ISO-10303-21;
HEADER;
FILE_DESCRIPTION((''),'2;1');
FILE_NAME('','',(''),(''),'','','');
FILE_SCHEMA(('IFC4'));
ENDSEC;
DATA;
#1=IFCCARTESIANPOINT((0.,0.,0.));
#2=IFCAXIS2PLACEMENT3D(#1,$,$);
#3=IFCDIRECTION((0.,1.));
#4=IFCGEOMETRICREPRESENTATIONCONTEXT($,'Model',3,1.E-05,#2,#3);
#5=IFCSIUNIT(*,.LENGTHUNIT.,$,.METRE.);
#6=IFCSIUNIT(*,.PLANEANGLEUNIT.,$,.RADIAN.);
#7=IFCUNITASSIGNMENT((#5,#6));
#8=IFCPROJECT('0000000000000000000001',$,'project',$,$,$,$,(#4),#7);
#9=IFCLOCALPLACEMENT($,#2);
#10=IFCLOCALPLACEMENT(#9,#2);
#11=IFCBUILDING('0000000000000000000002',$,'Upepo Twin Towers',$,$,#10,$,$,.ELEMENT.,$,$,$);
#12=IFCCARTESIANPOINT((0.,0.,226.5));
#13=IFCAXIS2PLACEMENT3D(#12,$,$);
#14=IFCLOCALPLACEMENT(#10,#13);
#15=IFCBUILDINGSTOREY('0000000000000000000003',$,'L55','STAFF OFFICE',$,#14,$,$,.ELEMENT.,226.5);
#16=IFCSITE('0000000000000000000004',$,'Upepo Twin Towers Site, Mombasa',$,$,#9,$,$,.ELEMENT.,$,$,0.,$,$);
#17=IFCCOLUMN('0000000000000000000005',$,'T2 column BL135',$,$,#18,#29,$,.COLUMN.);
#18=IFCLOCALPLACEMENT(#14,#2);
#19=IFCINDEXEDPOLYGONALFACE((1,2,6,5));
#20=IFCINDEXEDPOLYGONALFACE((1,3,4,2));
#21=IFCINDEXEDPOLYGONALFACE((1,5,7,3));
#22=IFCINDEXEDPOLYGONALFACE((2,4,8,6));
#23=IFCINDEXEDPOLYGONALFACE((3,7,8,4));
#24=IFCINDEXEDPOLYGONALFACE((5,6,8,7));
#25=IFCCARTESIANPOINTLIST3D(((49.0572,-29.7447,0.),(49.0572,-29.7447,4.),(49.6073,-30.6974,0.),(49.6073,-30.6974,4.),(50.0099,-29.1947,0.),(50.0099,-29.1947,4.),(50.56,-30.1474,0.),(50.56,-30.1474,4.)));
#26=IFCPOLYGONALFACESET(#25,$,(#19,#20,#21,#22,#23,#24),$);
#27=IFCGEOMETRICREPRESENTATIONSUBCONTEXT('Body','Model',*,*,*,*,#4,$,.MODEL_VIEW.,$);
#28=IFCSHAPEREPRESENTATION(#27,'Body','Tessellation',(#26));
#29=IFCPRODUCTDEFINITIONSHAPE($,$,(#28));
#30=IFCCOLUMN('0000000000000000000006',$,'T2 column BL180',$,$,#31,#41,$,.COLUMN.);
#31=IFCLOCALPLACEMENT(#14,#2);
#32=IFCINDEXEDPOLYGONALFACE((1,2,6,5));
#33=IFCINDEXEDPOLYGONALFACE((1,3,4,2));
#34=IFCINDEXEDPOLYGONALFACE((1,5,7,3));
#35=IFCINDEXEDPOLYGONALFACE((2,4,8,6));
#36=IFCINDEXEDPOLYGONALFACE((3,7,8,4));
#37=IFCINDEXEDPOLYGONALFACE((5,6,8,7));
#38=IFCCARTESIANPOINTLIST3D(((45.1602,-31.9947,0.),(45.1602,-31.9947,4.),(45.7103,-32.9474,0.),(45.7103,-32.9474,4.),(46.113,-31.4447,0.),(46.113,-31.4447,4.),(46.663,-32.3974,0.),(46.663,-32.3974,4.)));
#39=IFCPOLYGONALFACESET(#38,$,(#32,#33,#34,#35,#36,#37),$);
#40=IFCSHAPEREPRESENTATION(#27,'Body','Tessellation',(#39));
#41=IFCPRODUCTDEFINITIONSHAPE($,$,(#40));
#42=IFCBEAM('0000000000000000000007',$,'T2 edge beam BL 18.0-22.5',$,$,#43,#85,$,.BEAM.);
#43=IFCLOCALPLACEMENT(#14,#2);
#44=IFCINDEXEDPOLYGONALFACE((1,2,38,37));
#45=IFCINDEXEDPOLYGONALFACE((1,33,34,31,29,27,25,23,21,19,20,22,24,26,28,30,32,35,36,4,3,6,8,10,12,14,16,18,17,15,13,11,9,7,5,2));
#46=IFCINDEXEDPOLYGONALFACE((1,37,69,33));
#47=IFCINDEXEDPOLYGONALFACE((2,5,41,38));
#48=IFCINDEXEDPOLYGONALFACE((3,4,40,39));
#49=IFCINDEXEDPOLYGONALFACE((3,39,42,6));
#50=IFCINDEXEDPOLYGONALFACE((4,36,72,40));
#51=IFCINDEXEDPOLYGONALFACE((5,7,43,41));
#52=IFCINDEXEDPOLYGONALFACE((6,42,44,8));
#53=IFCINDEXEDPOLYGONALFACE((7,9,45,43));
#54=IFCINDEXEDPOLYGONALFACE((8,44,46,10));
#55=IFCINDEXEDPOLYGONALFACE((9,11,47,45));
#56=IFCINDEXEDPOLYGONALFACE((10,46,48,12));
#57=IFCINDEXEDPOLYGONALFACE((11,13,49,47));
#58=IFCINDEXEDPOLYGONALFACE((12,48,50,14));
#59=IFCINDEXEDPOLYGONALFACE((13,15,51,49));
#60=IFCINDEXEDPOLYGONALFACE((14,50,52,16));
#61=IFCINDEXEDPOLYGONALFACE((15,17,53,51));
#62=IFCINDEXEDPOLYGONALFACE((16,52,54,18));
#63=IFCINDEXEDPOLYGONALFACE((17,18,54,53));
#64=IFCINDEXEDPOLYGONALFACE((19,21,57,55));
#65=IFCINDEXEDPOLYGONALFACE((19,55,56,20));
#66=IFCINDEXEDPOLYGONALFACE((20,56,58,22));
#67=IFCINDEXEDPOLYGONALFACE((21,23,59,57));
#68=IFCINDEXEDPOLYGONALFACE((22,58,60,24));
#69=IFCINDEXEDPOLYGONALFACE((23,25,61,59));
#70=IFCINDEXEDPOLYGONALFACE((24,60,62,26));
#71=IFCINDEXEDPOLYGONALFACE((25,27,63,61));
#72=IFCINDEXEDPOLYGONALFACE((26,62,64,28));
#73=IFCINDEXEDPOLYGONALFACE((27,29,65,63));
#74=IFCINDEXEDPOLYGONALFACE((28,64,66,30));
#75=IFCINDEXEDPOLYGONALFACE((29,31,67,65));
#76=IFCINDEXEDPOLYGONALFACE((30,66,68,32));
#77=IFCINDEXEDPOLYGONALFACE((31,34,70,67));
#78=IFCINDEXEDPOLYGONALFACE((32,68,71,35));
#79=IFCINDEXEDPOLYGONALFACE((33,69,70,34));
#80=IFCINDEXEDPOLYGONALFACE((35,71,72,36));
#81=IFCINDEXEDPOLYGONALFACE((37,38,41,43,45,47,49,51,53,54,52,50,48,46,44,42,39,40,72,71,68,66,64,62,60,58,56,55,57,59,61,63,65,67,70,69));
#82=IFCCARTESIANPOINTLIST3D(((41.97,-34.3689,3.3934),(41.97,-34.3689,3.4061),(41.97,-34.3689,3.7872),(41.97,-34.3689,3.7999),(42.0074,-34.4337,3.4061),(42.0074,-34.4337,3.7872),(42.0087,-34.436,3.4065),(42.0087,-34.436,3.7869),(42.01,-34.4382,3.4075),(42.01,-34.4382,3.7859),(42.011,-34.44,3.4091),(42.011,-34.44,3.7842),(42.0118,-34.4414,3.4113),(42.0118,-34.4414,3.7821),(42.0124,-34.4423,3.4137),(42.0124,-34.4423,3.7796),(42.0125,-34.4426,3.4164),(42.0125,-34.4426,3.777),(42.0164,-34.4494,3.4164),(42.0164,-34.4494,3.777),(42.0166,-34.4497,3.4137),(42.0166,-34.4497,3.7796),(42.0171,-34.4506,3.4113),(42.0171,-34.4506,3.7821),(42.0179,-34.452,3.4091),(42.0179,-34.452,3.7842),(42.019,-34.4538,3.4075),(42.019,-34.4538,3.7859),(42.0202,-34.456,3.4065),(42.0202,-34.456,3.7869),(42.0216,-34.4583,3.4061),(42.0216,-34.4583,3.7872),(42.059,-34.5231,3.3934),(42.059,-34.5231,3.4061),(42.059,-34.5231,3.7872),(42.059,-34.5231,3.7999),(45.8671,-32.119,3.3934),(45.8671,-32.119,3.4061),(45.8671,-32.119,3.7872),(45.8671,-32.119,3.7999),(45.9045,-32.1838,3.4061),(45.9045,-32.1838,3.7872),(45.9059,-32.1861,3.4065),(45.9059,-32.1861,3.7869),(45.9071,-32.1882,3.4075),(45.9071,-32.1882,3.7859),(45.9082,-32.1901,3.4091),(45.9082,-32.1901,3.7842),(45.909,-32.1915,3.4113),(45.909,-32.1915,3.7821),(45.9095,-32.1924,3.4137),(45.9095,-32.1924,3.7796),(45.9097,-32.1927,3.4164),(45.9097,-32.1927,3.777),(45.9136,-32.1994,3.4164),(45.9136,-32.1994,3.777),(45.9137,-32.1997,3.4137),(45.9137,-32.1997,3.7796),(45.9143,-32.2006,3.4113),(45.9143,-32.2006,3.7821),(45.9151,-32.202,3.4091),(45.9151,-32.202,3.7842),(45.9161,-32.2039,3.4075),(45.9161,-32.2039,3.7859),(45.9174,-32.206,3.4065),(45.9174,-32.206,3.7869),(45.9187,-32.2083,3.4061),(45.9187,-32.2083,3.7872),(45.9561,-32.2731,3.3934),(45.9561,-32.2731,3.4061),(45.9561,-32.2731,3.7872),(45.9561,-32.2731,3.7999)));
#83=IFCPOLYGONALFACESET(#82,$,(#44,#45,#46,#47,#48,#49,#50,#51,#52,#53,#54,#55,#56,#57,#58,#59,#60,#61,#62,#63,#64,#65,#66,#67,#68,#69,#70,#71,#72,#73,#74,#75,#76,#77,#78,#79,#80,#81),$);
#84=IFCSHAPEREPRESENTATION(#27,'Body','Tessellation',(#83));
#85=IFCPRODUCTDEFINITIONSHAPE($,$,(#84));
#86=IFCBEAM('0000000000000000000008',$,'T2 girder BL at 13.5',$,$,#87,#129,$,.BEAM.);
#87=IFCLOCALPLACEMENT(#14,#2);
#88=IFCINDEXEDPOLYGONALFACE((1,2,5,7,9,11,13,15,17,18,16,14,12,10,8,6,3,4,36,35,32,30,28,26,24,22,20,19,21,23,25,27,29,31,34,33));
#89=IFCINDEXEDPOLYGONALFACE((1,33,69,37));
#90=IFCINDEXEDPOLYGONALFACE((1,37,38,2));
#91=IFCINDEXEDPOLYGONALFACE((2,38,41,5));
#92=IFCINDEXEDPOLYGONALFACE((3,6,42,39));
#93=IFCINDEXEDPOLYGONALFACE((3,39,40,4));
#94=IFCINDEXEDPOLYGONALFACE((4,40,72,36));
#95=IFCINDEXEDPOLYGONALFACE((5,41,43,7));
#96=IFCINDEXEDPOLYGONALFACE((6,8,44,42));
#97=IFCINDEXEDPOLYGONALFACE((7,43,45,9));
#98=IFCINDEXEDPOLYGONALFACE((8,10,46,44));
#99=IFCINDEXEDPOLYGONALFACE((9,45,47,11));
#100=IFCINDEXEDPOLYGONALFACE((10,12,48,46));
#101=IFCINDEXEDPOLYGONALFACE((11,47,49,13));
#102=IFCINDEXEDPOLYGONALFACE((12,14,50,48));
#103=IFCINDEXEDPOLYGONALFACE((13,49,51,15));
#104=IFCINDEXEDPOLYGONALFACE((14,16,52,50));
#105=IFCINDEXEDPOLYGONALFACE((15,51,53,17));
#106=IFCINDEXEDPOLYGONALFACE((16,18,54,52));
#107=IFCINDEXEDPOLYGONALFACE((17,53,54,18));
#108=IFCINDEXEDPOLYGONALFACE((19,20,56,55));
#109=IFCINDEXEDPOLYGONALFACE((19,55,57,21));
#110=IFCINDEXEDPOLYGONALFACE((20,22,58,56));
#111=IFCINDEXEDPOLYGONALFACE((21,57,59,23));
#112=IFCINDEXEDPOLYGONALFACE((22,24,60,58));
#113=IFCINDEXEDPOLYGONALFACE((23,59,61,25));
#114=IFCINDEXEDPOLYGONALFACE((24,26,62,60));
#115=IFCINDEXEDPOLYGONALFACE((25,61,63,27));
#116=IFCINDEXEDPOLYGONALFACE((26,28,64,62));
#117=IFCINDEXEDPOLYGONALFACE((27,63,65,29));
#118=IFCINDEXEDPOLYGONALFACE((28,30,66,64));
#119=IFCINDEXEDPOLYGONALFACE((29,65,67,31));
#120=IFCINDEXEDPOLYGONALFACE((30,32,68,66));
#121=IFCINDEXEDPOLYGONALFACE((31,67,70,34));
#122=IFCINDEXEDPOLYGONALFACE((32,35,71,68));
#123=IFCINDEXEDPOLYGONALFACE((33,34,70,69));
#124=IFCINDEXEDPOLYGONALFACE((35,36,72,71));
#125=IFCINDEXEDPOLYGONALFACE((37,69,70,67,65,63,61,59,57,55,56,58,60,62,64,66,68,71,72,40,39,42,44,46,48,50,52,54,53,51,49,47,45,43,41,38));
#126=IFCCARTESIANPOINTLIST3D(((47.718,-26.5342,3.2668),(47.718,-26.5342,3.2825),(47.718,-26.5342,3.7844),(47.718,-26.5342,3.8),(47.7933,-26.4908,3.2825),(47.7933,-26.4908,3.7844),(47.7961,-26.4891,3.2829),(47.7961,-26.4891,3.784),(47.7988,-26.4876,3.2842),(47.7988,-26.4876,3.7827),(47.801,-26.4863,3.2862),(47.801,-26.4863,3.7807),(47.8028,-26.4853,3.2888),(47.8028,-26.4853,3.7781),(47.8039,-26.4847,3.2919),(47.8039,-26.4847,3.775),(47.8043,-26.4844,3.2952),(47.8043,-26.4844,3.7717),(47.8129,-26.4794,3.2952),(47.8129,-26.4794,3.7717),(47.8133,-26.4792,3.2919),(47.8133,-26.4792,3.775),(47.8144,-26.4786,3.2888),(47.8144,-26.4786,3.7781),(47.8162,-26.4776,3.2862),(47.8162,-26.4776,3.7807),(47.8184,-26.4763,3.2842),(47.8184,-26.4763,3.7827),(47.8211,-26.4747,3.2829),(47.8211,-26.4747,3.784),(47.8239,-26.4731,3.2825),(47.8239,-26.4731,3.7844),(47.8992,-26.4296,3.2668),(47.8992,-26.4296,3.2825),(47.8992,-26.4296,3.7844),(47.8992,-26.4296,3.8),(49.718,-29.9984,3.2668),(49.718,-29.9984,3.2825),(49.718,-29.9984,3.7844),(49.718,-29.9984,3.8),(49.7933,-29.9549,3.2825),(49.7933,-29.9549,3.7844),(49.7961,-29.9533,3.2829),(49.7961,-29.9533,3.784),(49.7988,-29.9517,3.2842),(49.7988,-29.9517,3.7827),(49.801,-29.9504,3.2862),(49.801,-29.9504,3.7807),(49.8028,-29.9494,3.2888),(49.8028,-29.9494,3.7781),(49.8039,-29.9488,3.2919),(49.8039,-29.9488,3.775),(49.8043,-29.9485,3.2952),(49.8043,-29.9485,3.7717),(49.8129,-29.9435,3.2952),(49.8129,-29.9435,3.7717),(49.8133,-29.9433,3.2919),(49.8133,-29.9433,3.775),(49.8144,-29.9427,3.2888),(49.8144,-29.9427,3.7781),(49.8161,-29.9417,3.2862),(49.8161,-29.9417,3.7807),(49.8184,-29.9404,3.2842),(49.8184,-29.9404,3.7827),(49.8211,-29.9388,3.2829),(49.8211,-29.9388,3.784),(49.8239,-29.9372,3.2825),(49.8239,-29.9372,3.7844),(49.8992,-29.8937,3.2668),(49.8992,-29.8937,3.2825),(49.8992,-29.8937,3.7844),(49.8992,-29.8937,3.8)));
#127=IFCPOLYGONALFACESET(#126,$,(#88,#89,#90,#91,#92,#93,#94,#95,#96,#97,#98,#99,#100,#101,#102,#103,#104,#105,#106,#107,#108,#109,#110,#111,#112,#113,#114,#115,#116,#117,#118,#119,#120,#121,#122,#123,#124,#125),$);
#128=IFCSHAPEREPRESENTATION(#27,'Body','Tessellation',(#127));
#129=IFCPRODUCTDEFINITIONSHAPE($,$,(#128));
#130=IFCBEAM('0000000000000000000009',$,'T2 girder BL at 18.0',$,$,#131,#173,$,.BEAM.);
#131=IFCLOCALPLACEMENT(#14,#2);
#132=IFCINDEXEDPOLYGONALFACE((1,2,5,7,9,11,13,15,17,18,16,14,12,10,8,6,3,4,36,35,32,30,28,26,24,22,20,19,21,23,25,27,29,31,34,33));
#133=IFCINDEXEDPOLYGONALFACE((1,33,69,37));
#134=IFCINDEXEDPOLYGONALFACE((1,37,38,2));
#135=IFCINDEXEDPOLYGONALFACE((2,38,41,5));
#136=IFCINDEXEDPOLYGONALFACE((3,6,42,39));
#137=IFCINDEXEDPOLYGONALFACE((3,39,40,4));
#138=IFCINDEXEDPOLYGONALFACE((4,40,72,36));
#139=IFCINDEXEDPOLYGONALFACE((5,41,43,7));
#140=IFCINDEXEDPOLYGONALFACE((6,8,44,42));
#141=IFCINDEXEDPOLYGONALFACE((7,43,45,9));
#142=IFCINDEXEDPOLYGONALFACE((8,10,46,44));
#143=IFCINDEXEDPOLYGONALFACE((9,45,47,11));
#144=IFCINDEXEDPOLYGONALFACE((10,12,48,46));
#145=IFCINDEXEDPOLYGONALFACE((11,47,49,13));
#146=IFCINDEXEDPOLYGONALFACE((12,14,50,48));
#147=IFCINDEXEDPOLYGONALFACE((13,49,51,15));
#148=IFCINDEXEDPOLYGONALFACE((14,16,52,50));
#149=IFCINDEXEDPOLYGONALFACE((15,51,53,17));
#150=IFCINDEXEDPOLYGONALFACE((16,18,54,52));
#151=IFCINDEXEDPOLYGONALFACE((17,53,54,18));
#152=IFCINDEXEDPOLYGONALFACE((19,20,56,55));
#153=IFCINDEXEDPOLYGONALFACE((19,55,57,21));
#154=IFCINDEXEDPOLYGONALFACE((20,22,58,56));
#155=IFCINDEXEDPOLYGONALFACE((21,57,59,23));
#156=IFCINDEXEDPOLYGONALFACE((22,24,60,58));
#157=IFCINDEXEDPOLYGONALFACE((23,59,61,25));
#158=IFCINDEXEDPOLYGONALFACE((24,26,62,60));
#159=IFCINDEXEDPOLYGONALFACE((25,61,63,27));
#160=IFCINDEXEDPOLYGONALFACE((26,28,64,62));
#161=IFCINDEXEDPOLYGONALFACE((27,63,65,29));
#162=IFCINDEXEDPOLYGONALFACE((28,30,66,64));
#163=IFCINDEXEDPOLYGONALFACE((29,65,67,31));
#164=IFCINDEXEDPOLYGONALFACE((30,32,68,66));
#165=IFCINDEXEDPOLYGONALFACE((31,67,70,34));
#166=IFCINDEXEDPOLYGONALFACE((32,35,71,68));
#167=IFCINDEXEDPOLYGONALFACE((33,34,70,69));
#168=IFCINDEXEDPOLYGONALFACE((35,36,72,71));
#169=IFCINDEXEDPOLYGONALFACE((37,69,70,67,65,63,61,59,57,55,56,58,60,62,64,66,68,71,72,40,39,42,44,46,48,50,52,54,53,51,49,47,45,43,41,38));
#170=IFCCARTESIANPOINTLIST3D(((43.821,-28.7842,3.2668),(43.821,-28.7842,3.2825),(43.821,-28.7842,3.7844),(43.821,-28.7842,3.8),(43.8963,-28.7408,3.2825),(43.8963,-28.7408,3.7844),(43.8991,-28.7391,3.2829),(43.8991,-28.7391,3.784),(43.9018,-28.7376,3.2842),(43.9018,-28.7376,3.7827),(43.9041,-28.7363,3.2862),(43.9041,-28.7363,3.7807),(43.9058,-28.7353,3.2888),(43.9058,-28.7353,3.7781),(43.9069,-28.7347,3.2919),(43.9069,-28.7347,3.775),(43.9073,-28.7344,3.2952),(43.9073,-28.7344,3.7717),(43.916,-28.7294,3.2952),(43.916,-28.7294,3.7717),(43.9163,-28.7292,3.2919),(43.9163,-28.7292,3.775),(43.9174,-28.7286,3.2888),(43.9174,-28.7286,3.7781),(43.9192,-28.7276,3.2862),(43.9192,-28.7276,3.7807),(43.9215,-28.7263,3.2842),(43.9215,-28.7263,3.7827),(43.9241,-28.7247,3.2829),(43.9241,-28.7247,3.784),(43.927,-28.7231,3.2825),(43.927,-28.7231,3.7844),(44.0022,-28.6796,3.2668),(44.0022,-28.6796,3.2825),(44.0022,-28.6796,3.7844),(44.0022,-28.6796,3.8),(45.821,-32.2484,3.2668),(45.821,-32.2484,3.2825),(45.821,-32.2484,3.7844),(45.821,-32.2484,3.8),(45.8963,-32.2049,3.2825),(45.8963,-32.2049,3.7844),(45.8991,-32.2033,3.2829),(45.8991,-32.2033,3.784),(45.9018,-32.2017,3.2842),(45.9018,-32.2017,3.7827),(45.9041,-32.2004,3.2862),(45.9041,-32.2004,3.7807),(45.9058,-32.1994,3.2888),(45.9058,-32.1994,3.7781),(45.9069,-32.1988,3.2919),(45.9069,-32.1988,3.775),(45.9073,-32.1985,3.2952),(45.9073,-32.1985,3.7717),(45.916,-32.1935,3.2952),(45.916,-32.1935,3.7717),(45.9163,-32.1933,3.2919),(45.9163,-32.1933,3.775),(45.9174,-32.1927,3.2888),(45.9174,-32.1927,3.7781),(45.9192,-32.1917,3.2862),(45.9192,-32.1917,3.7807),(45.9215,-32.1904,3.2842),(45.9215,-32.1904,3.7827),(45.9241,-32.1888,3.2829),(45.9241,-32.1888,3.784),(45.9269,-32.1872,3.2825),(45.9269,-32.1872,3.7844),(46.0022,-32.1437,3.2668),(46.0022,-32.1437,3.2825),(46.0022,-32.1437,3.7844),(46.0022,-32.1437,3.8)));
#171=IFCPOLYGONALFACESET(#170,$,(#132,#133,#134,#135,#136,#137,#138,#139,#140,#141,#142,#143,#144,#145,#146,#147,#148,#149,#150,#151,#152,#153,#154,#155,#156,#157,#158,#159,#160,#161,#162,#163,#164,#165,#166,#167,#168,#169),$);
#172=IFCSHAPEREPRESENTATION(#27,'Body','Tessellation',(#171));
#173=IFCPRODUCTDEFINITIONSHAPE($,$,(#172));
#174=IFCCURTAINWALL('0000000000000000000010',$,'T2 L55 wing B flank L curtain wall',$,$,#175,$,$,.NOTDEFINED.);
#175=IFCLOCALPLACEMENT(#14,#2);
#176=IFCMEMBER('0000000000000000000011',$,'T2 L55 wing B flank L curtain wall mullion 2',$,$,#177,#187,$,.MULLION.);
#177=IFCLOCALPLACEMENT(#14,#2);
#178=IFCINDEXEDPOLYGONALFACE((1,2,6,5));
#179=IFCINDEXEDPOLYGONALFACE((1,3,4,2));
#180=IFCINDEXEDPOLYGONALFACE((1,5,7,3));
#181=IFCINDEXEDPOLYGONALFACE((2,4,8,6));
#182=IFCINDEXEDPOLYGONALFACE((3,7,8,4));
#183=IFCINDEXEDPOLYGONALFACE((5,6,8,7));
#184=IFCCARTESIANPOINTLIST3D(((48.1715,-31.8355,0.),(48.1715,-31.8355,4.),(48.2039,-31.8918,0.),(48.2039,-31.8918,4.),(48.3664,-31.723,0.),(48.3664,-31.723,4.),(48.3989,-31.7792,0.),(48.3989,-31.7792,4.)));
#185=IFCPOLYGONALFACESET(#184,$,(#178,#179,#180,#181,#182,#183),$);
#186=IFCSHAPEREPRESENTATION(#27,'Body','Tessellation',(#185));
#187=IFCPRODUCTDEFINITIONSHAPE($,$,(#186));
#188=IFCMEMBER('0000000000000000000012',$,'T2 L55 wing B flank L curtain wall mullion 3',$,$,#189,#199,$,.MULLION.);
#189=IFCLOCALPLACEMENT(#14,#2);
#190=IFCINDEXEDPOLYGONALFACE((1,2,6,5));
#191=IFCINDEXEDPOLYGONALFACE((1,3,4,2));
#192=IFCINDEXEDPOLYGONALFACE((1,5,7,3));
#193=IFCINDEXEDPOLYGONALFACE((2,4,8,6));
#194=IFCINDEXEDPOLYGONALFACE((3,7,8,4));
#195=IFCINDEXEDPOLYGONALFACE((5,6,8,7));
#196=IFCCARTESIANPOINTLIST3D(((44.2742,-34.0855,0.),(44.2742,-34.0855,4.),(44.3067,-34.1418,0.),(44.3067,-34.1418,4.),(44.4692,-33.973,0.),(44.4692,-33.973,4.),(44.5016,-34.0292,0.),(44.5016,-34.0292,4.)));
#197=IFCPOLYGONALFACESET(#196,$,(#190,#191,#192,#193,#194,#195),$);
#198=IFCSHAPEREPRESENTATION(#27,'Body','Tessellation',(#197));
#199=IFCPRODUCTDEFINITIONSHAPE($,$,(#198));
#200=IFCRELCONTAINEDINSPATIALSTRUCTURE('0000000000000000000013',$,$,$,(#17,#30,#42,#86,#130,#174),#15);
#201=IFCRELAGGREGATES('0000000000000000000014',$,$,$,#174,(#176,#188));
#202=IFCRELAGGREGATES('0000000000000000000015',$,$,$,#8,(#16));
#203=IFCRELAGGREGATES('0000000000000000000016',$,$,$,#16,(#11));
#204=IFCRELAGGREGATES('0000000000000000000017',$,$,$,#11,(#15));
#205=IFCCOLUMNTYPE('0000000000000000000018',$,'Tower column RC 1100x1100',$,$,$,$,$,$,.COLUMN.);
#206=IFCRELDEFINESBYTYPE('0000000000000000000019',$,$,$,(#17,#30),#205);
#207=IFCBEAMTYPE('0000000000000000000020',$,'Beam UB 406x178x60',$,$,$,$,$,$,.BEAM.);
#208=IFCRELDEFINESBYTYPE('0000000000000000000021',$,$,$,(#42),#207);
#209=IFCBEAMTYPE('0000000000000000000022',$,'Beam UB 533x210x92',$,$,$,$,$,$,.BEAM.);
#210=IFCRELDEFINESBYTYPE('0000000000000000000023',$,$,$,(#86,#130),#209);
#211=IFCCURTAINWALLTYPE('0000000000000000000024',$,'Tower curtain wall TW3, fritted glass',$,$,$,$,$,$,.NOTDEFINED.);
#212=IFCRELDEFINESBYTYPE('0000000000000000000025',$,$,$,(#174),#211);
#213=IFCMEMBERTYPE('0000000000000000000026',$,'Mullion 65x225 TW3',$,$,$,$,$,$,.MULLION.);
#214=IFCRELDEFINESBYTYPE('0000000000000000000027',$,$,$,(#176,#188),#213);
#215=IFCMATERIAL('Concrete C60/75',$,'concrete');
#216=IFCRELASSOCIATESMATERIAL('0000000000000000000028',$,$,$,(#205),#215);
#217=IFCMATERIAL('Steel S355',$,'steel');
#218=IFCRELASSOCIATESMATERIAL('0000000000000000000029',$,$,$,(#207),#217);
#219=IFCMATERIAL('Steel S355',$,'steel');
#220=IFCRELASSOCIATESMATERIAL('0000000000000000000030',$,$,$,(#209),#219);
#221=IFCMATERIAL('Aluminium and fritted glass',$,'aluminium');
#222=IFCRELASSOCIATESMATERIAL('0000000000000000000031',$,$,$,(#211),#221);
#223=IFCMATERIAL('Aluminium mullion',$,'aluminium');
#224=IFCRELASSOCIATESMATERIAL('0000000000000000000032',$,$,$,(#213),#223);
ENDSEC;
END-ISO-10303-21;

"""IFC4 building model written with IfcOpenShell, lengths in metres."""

from ifc_helpers import new_model, si_unit, direction, frame, origin, origin_2d, place, context, subcontext, project, spatial, rectangle, i_section, extrude, material, material_profile, profile_set, type_object, element, aggregate, save


model = new_model("IFC4")

# Units and contexts
model_context = context("Model", 3, precision=1e-05, world=origin(), true_north=direction((0.0, 1.0)))
body_context = subcontext(model_context, "Body", "Model", "MODEL_VIEW")
ifc_project = project(units=[si_unit("LENGTHUNIT", "METRE"), si_unit("PLANEANGLEUNIT", "RADIAN")], contexts=[model_context])

# Site, building, storey
site_placement = place(None, origin())
site = spatial("IfcSite", under=ifc_project, at=site_placement, Name="Upepo Twin Towers Site, Mombasa", CompositionType="ELEMENT", RefElevation=0.0)
building_placement = place(site_placement, origin())
building = spatial("IfcBuilding", under=site, at=building_placement, Name="Upepo Twin Towers", CompositionType="ELEMENT")
storey_placement = place(building_placement, frame((0.0, 0.0, 226.5)))
storey = spatial("IfcBuildingStorey", under=building, at=storey_placement, Name="L55", Description="STAFF OFFICE", CompositionType="ELEMENT", Elevation=226.5)

# Columns
ifc_material_1 = material(Name="Concrete C60/75", Category="concrete")
ifc_material_profile_1 = material_profile(ifc_material_1, rectangle(XDim=1.1001, YDim=1.1001, at=origin_2d()), Name="RC 1100x1100")
ifc_profile_set_1 = profile_set([ifc_material_profile_1], Name="Concrete C60/75")
column_type = type_object("IfcColumnType", Name="Tower column RC 1100x1100", PredefinedType="COLUMN", material=ifc_profile_set_1)
for number, where, z_axis, x_axis, name in (
    (1, (49.8086, -29.946, 0.0), (0.0, 0.0, 1.0), (0.866025, 0.5, 0.0), "T2 column BL135"),
    (2, (45.9116, -32.196, 0.0), (0.0, 0.0, 1.0), (0.866025, 0.5, 0.0), "T2 column BL180"),
):
    element("IfcColumn", number, at=place(storey_placement, frame(where, z_axis=z_axis, x_axis=x_axis)), inside=storey, type_object=column_type, Name=name, PredefinedType="COLUMN", context=body_context, shape_type="SweptSolid", body=[
        extrude(rectangle(XDim=1.1001, YDim=1.1001, at=origin_2d()), origin(), (0.0, 0.0, 1.0), 4.0),
    ])

# Beams
ifc_material_2 = material(Name="Steel S355", Category="steel")
ifc_material_profile_2 = material_profile(ifc_material_2, i_section(OverallWidth=0.178, OverallDepth=0.4065, WebThickness=0.0078, FlangeThickness=0.0127, FilletRadius=0.0103, at=origin_2d()), Name="UB 406x178x60")
ifc_profile_set_2 = profile_set([ifc_material_profile_2], Name="Steel S355")
beam_type_1 = type_object("IfcBeamType", Name="Beam UB 406x178x60", PredefinedType="BEAM", material=ifc_profile_set_2)
beam_placement = place(storey_placement, frame((45.9116, -32.196, 3.5967), z_axis=(-0.866031, -0.49999, 0.0), x_axis=(0.49999, -0.866031, 0.0)))
element("IfcBeam", 3, at=beam_placement, inside=storey, type_object=beam_type_1, Name="T2 edge beam BL 18.0-22.5", PredefinedType="BEAM", context=body_context, shape_type="SweptSolid", body=[
    extrude(i_section(OverallWidth=0.178, OverallDepth=0.4065, WebThickness=0.0078, FlangeThickness=0.0127, FilletRadius=0.0103, at=origin_2d()), origin(), (0.0, 0.0, 1.0), 4.5),
])
ifc_material_3 = material(Name="Steel S355", Category="steel")
ifc_material_profile_3 = material_profile(ifc_material_3, i_section(OverallWidth=0.2092, OverallDepth=0.5332, WebThickness=0.01, FlangeThickness=0.0156, FilletRadius=0.0127, at=origin_2d()), Name="UB 533x210x92")
ifc_profile_set_3 = profile_set([ifc_material_profile_3], Name="Steel S355")
beam_type_2 = type_object("IfcBeamType", Name="Beam UB 533x210x92", PredefinedType="BEAM", material=ifc_profile_set_3)
for number, where, z_axis, x_axis, name in (
    (4, (49.8086, -29.946, 3.5334), (-0.499999, 0.866026, 0.0), (-0.866026, -0.499999, 0.0), "T2 girder BL at 13.5"),
    (5, (45.9116, -32.196, 3.5334), (-0.499999, 0.866026, 0.0), (-0.866026, -0.499999, 0.0), "T2 girder BL at 18.0"),
):
    element("IfcBeam", number, at=place(storey_placement, frame(where, z_axis=z_axis, x_axis=x_axis)), inside=storey, type_object=beam_type_2, Name=name, PredefinedType="BEAM", context=body_context, shape_type="SweptSolid", body=[
        extrude(i_section(OverallWidth=0.2092, OverallDepth=0.5332, WebThickness=0.01, FlangeThickness=0.0156, FilletRadius=0.0127, at=origin_2d()), origin(), (0.0, 0.0, 1.0), 4.0),
    ])

# Curtain wall, members
ifc_material_4 = material(Name="Aluminium and fritted glass", Category="aluminium")
curtain_wall_type = type_object("IfcCurtainWallType", Name="Tower curtain wall TW3, fritted glass", PredefinedType="NOTDEFINED", material=ifc_material_4)
curtain_wall_placement = place(storey_placement, origin())
curtain_wall = element("IfcCurtainWall", 6, at=curtain_wall_placement, inside=storey, type_object=curtain_wall_type, Name="T2 L55 wing B flank L curtain wall", PredefinedType="NOTDEFINED")
ifc_material_5 = material(Name="Aluminium mullion", Category="aluminium")
ifc_material_profile_4 = material_profile(ifc_material_5, rectangle(XDim=0.0649, YDim=0.2251, at=origin_2d()), Name="MULLION 65x225")
ifc_profile_set_4 = profile_set([ifc_material_profile_4], Name="Aluminium mullion")
member_type_1 = type_object("IfcMemberType", Name="Mullion 65x225 TW3", PredefinedType="MULLION", material=ifc_profile_set_4)
member_1_placement = place(storey_placement, frame((48.2852, -31.8074, 0.0), z_axis=(0.0, 0.0, 1.0), x_axis=(0.5, -0.866025, 0.0)))
member_1 = element("IfcMember", 7, at=member_1_placement, type_object=member_type_1, Name="T2 L55 wing B flank L curtain wall mullion 2", PredefinedType="MULLION", context=body_context, shape_type="SweptSolid", body=[
    extrude(rectangle(XDim=0.0649, YDim=0.2251, at=origin_2d()), origin(), (0.0, 0.0, 1.0), 4.0),
])
member_2_placement = place(storey_placement, frame((44.3879, -34.0574, 0.0), z_axis=(0.0, 0.0, 1.0), x_axis=(0.5, -0.866025, 0.0)))
member_2 = element("IfcMember", 8, at=member_2_placement, type_object=member_type_1, Name="T2 L55 wing B flank L curtain wall mullion 3", PredefinedType="MULLION", context=body_context, shape_type="SweptSolid", body=[
    extrude(rectangle(XDim=0.0649, YDim=0.2251, at=origin_2d()), origin(), (0.0, 0.0, 1.0), 4.0),
])
aggregate(curtain_wall, [member_1, member_2])

save(model, "model.ifc")
